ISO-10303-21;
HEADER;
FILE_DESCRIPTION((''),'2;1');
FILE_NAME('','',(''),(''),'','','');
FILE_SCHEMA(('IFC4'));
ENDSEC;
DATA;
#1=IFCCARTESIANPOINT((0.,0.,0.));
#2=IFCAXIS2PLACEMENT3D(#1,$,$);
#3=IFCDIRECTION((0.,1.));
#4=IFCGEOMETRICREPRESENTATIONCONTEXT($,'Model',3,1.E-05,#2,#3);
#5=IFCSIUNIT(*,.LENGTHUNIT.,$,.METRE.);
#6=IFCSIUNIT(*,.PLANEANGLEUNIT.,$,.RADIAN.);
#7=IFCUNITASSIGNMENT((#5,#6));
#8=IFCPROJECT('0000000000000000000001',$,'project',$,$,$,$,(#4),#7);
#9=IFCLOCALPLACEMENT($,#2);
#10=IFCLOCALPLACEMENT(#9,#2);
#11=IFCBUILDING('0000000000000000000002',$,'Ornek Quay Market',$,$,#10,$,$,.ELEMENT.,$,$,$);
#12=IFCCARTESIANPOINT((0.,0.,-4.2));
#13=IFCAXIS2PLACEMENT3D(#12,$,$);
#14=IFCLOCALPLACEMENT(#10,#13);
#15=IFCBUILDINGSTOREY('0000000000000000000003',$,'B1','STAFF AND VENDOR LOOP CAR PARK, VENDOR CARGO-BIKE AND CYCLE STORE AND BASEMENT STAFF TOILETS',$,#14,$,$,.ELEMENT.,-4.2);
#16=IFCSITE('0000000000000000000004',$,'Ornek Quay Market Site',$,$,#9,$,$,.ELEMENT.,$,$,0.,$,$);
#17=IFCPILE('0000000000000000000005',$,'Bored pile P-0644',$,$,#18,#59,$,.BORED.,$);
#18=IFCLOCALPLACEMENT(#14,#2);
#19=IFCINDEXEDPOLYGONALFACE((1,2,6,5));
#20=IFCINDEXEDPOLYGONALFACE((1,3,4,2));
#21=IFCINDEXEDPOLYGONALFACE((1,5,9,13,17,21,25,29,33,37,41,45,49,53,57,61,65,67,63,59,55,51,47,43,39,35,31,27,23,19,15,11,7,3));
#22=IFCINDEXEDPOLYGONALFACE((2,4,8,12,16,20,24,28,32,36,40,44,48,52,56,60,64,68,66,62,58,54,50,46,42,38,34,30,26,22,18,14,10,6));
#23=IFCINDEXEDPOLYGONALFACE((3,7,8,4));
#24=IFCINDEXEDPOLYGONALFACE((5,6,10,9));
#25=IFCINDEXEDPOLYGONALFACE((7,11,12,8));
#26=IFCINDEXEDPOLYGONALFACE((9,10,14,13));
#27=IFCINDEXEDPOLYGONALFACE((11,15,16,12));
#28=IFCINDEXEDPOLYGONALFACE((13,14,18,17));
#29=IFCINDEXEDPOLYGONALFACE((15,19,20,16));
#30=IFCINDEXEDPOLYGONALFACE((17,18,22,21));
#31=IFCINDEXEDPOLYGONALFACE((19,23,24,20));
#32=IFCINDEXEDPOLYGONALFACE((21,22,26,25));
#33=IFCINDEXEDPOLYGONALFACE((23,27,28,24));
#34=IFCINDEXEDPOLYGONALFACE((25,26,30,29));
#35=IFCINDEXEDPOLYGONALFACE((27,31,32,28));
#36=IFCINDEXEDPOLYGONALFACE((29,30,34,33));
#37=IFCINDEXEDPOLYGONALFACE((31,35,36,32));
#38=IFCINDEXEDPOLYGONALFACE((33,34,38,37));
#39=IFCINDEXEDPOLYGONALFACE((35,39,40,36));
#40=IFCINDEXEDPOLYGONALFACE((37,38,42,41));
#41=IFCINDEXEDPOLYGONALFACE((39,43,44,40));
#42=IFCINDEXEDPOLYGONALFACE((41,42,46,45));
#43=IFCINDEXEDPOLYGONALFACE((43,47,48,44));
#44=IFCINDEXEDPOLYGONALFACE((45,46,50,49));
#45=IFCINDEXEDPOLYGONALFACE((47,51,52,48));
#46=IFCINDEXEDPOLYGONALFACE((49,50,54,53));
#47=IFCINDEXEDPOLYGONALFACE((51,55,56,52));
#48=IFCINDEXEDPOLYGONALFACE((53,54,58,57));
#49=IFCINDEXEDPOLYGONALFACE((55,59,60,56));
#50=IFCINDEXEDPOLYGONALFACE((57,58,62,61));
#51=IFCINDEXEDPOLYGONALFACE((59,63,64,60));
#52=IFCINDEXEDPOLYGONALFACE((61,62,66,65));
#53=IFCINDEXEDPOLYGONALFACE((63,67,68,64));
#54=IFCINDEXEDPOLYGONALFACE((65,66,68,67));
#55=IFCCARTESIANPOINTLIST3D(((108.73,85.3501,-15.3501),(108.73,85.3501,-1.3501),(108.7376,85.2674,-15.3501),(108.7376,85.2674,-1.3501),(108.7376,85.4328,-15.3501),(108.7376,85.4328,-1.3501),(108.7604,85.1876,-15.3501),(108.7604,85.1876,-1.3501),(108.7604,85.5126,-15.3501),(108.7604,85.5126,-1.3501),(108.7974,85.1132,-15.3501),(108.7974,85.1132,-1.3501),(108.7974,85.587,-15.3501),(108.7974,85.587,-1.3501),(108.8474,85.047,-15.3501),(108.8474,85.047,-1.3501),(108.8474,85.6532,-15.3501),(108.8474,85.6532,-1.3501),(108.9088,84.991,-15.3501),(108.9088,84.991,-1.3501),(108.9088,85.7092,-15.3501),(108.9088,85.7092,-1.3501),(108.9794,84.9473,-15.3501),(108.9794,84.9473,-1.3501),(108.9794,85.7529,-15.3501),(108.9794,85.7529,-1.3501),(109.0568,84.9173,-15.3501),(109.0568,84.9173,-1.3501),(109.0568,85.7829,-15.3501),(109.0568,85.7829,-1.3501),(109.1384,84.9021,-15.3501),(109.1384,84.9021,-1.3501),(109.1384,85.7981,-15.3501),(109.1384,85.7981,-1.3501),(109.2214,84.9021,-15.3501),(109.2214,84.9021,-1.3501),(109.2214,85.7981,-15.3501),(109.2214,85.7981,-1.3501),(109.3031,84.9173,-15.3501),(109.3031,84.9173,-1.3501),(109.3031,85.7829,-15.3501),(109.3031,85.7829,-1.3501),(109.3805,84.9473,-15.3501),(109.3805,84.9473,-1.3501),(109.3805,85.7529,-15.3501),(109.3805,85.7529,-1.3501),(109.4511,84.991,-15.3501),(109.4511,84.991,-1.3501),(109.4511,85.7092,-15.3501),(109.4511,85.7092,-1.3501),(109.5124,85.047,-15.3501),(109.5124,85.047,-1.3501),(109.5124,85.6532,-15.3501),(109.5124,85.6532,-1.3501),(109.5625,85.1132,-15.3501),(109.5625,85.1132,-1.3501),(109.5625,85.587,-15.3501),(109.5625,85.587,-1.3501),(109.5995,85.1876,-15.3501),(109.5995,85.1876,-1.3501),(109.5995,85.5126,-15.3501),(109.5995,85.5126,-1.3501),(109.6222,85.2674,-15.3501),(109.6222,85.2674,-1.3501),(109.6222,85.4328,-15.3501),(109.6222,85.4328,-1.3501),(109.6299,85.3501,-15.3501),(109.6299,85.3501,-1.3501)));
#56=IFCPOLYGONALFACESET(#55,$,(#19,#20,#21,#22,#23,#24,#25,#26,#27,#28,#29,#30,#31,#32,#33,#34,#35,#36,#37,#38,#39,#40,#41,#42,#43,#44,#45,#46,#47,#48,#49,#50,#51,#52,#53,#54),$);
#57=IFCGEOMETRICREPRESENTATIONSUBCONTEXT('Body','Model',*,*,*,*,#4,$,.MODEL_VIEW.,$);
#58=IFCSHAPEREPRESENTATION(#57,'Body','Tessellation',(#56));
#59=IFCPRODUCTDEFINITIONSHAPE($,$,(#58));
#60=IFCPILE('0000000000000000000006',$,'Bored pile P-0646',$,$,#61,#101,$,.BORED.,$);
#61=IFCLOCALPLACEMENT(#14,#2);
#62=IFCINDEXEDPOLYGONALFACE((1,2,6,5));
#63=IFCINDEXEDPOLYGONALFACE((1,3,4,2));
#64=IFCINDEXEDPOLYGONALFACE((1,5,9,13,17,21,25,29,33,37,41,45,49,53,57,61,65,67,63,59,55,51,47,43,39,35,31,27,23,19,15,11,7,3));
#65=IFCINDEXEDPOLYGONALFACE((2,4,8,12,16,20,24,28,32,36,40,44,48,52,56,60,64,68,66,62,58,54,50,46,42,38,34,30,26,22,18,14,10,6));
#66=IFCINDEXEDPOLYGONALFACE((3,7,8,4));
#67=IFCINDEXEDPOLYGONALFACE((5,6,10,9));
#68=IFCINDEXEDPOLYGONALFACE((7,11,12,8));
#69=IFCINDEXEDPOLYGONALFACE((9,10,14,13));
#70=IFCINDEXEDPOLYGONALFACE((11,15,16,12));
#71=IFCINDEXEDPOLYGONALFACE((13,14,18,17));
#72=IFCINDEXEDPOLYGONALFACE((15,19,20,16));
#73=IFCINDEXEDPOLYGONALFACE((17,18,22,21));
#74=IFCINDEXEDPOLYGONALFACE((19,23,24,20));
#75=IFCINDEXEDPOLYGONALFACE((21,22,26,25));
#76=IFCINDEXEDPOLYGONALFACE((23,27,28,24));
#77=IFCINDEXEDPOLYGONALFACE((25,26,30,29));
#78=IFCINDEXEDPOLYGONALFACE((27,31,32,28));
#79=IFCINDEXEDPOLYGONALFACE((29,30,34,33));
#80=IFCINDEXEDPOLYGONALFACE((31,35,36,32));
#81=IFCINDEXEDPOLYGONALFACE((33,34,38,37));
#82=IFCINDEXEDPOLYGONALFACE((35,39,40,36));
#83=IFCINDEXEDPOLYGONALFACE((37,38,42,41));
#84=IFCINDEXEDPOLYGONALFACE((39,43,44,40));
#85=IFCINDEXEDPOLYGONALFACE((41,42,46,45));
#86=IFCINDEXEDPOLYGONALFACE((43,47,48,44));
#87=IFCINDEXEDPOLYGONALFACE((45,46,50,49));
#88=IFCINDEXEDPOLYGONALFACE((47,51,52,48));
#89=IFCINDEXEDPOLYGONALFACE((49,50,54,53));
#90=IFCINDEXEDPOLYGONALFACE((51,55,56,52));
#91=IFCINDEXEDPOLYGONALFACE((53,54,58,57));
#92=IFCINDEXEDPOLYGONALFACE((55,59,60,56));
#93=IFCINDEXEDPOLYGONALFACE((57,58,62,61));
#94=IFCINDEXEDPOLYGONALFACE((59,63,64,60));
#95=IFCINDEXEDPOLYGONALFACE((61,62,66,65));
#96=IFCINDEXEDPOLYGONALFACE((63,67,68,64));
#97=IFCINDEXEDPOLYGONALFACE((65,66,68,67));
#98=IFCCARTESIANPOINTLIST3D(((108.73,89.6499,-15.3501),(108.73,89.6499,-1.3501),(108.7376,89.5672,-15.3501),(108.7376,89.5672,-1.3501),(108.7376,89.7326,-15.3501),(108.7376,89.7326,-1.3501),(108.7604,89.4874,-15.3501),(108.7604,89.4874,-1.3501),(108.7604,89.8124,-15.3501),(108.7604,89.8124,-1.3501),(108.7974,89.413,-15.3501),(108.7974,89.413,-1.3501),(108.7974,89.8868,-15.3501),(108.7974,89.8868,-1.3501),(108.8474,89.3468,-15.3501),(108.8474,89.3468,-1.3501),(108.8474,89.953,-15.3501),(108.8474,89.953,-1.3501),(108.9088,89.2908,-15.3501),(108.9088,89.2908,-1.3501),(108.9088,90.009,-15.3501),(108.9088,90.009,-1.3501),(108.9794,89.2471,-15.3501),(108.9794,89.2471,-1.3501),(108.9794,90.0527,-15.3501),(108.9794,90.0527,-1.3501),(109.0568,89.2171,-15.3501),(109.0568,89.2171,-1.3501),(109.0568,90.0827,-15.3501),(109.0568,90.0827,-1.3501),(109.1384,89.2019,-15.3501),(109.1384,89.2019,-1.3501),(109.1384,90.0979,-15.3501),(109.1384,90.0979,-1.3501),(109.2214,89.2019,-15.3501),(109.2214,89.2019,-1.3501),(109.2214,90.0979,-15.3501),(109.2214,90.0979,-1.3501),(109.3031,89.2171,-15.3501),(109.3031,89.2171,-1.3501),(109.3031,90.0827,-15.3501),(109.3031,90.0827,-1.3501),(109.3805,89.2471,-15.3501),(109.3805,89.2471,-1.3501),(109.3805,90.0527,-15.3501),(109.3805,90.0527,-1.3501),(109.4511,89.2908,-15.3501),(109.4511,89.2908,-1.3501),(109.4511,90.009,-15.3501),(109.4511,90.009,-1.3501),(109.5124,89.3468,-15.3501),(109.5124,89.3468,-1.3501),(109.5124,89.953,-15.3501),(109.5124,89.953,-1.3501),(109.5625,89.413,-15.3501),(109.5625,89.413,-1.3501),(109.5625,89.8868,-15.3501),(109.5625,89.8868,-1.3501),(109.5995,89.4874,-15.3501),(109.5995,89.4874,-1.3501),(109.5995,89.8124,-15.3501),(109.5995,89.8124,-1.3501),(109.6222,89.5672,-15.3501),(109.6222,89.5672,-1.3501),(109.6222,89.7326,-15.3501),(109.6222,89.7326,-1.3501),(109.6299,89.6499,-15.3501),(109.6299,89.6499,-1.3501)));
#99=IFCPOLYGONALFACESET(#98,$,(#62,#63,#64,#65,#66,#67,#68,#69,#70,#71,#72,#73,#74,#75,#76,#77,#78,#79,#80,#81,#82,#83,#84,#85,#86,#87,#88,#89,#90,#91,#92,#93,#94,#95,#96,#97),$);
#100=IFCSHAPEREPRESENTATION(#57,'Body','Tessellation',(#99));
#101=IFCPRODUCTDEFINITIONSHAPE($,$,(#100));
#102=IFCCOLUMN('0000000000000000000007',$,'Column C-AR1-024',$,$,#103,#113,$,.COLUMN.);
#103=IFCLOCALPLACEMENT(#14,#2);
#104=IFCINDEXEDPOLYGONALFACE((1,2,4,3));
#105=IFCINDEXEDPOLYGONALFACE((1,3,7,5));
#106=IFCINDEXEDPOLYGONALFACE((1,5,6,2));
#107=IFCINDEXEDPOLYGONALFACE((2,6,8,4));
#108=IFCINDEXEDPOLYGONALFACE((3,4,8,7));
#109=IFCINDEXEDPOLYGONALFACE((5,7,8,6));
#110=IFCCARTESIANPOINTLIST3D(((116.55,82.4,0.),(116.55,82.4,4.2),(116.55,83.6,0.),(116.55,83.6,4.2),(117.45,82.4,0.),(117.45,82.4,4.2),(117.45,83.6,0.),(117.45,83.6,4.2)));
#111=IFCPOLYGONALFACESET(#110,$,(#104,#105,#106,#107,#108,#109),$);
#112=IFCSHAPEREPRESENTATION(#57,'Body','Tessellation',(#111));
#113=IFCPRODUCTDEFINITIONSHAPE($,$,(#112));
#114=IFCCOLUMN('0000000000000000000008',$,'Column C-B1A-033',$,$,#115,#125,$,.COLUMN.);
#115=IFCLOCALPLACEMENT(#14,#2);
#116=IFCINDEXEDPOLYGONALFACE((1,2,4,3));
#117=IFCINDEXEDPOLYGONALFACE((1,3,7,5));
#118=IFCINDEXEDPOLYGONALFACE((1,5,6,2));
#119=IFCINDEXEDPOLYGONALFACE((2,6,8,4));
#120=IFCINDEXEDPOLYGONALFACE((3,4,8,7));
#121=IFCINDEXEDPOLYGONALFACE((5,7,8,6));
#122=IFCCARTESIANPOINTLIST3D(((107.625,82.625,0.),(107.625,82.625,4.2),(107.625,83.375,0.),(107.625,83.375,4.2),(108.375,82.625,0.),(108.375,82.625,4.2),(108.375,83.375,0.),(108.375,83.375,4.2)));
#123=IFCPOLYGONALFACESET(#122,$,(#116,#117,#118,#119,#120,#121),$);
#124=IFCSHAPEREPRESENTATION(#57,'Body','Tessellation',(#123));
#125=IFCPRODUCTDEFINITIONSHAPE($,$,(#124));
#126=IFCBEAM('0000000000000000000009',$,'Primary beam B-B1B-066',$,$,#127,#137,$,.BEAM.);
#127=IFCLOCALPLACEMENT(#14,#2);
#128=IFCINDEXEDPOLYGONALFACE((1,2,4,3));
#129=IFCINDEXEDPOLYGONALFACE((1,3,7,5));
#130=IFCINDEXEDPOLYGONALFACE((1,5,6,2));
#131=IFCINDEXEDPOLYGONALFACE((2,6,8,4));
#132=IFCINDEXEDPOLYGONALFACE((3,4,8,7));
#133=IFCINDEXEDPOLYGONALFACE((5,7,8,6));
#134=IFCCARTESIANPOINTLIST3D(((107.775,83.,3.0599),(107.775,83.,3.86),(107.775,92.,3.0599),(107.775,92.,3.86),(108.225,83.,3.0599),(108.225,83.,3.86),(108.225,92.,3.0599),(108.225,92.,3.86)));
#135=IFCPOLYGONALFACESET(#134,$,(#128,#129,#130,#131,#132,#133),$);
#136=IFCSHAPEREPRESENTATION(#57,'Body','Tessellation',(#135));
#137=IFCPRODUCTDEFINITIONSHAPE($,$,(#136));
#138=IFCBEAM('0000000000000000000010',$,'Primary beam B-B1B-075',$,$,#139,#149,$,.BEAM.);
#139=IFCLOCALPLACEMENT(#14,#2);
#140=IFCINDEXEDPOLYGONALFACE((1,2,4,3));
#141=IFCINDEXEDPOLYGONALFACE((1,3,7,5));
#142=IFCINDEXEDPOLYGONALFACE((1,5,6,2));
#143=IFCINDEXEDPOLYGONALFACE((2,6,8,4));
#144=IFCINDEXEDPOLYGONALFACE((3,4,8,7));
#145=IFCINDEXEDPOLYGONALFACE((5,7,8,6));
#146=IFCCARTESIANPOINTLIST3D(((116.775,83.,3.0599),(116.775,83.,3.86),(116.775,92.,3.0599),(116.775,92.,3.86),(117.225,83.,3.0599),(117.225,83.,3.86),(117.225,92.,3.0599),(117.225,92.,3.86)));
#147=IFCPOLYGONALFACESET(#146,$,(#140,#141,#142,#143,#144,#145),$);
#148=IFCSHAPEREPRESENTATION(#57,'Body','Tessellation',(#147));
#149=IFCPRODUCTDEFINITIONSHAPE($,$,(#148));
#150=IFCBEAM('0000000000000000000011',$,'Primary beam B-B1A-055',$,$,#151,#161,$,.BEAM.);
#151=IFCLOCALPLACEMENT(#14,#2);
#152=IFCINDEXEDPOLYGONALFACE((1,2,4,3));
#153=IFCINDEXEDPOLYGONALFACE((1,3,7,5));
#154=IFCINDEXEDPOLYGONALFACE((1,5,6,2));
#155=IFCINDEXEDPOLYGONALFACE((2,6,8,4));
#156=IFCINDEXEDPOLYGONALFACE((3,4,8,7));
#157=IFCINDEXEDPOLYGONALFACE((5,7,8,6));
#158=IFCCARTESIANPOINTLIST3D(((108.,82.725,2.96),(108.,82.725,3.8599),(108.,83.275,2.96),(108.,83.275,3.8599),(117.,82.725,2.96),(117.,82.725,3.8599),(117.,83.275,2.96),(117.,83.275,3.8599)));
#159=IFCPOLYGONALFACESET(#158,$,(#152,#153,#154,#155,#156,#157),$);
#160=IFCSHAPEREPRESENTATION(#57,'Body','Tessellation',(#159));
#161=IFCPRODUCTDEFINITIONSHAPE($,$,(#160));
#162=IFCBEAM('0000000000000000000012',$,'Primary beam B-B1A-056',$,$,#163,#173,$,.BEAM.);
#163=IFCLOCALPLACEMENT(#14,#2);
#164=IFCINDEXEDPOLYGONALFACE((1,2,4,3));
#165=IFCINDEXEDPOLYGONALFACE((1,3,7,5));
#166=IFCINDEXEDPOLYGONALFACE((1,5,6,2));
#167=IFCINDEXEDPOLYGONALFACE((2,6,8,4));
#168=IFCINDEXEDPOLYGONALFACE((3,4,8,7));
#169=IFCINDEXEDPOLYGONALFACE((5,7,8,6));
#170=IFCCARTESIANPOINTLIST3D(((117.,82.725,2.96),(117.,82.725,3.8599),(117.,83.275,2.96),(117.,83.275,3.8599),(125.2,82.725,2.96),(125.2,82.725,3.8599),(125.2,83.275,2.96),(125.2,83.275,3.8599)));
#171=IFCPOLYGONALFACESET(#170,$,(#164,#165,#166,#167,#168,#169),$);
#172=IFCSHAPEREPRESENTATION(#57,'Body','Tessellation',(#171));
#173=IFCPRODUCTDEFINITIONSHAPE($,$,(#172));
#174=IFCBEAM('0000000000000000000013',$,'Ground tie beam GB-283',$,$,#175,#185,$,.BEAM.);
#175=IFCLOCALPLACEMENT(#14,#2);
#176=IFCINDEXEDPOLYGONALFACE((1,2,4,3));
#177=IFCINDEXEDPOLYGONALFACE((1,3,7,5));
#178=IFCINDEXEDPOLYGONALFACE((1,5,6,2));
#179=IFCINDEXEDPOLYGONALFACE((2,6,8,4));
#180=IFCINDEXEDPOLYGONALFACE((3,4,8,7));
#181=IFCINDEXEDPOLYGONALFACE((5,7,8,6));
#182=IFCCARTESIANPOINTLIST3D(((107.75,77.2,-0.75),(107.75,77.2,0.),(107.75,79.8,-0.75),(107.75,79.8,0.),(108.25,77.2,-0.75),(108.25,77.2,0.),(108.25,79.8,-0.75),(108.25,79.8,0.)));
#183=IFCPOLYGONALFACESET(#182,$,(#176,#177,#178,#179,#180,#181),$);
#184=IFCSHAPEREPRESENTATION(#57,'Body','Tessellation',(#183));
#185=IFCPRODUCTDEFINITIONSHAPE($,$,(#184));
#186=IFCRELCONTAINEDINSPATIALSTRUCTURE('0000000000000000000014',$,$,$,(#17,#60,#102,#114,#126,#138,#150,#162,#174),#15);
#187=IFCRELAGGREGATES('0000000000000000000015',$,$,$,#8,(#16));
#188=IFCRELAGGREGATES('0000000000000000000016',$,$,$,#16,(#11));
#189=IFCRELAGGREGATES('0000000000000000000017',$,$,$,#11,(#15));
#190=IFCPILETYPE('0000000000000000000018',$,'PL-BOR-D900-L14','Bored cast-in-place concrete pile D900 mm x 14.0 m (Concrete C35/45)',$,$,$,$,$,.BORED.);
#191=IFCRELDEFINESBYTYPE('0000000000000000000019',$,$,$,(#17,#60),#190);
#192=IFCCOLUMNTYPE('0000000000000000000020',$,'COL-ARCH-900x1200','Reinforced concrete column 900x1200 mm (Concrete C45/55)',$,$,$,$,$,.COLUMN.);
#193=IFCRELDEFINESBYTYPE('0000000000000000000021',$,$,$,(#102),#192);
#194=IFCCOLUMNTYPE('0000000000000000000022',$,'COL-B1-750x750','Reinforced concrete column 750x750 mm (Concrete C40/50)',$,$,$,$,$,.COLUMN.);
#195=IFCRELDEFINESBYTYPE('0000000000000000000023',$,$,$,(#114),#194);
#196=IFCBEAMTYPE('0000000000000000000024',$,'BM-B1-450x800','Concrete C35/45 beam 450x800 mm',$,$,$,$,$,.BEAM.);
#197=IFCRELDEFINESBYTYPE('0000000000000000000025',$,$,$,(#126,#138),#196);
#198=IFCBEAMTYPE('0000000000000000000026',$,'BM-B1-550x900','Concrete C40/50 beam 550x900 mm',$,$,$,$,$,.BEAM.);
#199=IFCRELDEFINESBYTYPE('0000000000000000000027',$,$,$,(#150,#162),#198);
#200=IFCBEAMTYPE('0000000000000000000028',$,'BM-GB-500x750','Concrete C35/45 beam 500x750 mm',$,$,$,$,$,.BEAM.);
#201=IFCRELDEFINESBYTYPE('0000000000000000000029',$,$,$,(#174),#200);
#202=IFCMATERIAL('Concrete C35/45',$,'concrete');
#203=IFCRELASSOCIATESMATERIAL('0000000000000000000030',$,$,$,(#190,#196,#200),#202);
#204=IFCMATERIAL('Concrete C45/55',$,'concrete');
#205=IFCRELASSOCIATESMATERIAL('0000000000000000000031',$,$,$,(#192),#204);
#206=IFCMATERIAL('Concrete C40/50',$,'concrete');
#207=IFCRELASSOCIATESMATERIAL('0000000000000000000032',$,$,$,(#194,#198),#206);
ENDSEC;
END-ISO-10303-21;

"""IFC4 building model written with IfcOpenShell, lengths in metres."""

from ifc_helpers import new_model, si_unit, direction, frame, origin, origin_2d, place, context, subcontext, project, spatial, rectangle, circle, extrude, material, material_profile, profile_set, type_object, element, save


model = new_model("IFC4")

# Units and contexts
model_context = context("Model", 3, precision=1e-05, world=origin(), true_north=direction((0.0, 1.0)))
body_context = subcontext(model_context, "Body", "Model", "MODEL_VIEW")
ifc_project = project(units=[si_unit("LENGTHUNIT", "METRE"), si_unit("PLANEANGLEUNIT", "RADIAN")], contexts=[model_context])

# Site, building, storey
site_placement = place(None, origin())
site = spatial("IfcSite", under=ifc_project, at=site_placement, Name="Ornek Quay Market Site", CompositionType="ELEMENT", RefElevation=0.0)
building_placement = place(site_placement, origin())
building = spatial("IfcBuilding", under=site, at=building_placement, Name="Ornek Quay Market", CompositionType="ELEMENT")
storey_placement = place(building_placement, frame((0.0, 0.0, -4.2)))
storey = spatial("IfcBuildingStorey", under=building, at=storey_placement, Name="B1", Description="STAFF AND VENDOR LOOP CAR PARK, VENDOR CARGO-BIKE AND CYCLE STORE AND BASEMENT STAFF TOILETS", CompositionType="ELEMENT", Elevation=-4.2)

# Piles
ifc_material_1 = material(Name="Concrete C35/45", Category="concrete")
ifc_material_profile_1 = material_profile(ifc_material_1, circle(Radius=0.45, at=origin_2d()), Name="PILE D900", Category="concrete")
ifc_profile_set_1 = profile_set([ifc_material_profile_1], Name="Concrete C35/45")
pile_type_1 = type_object("IfcPileType", Name="PL-BOR-D900-L14", Description="Bored cast-in-place concrete pile D900 mm x 14.0 m (Concrete C35/45)", PredefinedType="BORED", material=ifc_profile_set_1)
for number, where, z_axis, x_axis, name in (
    (1, (109.1799, 85.3501, -1.3501), (0.0, 0.0, -1.0), (1.0, 0.0, 0.0), "Bored pile P-0644"),
    (2, (109.1799, 89.6499, -1.3501), (0.0, 0.0, -1.0), (1.0, 0.0, 0.0), "Bored pile P-0646"),
):
    element("IfcPile", number, at=place(storey_placement, frame(where, z_axis=z_axis, x_axis=x_axis)), inside=storey, type_object=pile_type_1, Name=name, PredefinedType="BORED", context=body_context, shape_type="SweptSolid", body=[
        extrude(circle(Radius=0.45, at=origin_2d()), origin(), (0.0, 0.0, 1.0), 14.0),
    ])

# Columns
ifc_material_2 = material(Name="Concrete C45/55", Category="concrete")
ifc_material_profile_2 = material_profile(ifc_material_2, rectangle(XDim=0.8999, YDim=1.2, at=origin_2d()), Name="RC 900x1200", Category="concrete")
ifc_profile_set_2 = profile_set([ifc_material_profile_2], Name="Concrete C45/55")
column_type_1 = type_object("IfcColumnType", Name="COL-ARCH-900x1200", Description="Reinforced concrete column 900x1200 mm (Concrete C45/55)", PredefinedType="COLUMN", material=ifc_profile_set_2)
column_1_placement = place(storey_placement, frame((117.0, 83.0, 0.0), z_axis=(0.0, 0.0, 1.0), x_axis=(1.0, 0.0, 0.0)))
element("IfcColumn", 3, at=column_1_placement, inside=storey, type_object=column_type_1, Name="Column C-AR1-024", PredefinedType="COLUMN", context=body_context, shape_type="SweptSolid", body=[
    extrude(rectangle(XDim=0.8999, YDim=1.2, at=origin_2d()), origin(), (0.0, 0.0, 1.0), 4.2),
])
ifc_material_3 = material(Name="Concrete C40/50", Category="concrete")
ifc_material_profile_3 = material_profile(ifc_material_3, rectangle(XDim=0.75, YDim=0.75, at=origin_2d()), Name="RC 750x750", Category="concrete")
ifc_profile_set_3 = profile_set([ifc_material_profile_3], Name="Concrete C40/50")
column_type_2 = type_object("IfcColumnType", Name="COL-B1-750x750", Description="Reinforced concrete column 750x750 mm (Concrete C40/50)", PredefinedType="COLUMN", material=ifc_profile_set_3)
column_2_placement = place(storey_placement, frame((108.0, 83.0, 0.0), z_axis=(0.0, 0.0, 1.0), x_axis=(1.0, 0.0, 0.0)))
element("IfcColumn", 4, at=column_2_placement, inside=storey, type_object=column_type_2, Name="Column C-B1A-033", PredefinedType="COLUMN", context=body_context, shape_type="SweptSolid", body=[
    extrude(rectangle(XDim=0.75, YDim=0.75, at=origin_2d()), origin(), (0.0, 0.0, 1.0), 4.2),
])

# Beams
ifc_material_profile_4 = material_profile(ifc_material_1, rectangle(XDim=0.45, YDim=0.8, at=origin_2d()), Name="RC 450x800", Category="concrete")
ifc_profile_set_4 = profile_set([ifc_material_profile_4], Name="Concrete C35/45")
beam_type_1 = type_object("IfcBeamType", Name="BM-B1-450x800", Description="Concrete C35/45 beam 450x800 mm", PredefinedType="BEAM", material=ifc_profile_set_4)
for number, where, z_axis, x_axis, name in (
    (5, (108.0, 83.0, 3.46), (0.0, 1.0, 0.0), (-1.0, 0.0, 0.0), "Primary beam B-B1B-066"),
    (6, (117.0, 83.0, 3.46), (0.0, 1.0, 0.0), (-1.0, 0.0, 0.0), "Primary beam B-B1B-075"),
):
    element("IfcBeam", number, at=place(storey_placement, frame(where, z_axis=z_axis, x_axis=x_axis)), inside=storey, type_object=beam_type_1, Name=name, PredefinedType="BEAM", context=body_context, shape_type="SweptSolid", body=[
        extrude(rectangle(XDim=0.45, YDim=0.8, at=origin_2d()), origin(), (0.0, 0.0, 1.0), 9.0),
    ])
ifc_material_profile_5 = material_profile(ifc_material_3, rectangle(XDim=0.55, YDim=0.8999, at=origin_2d()), Name="RC 550x900", Category="concrete")
ifc_profile_set_5 = profile_set([ifc_material_profile_5], Name="Concrete C40/50")
beam_type_2 = type_object("IfcBeamType", Name="BM-B1-550x900", Description="Concrete C40/50 beam 550x900 mm", PredefinedType="BEAM", material=ifc_profile_set_5)
beam_1_placement = place(storey_placement, frame((108.0, 83.0, 3.4099), z_axis=(1.0, 0.0, 0.0), x_axis=(0.0, 1.0, 0.0)))
element("IfcBeam", 7, at=beam_1_placement, inside=storey, type_object=beam_type_2, Name="Primary beam B-B1A-055", PredefinedType="BEAM", context=body_context, shape_type="SweptSolid", body=[
    extrude(rectangle(XDim=0.55, YDim=0.8999, at=origin_2d()), origin(), (0.0, 0.0, 1.0), 9.0),
])
beam_2_placement = place(storey_placement, frame((117.0, 83.0, 3.4099), z_axis=(1.0, 0.0, 0.0), x_axis=(0.0, 1.0, 0.0)))
element("IfcBeam", 8, at=beam_2_placement, inside=storey, type_object=beam_type_2, Name="Primary beam B-B1A-056", PredefinedType="BEAM", context=body_context, shape_type="SweptSolid", body=[
    extrude(rectangle(XDim=0.55, YDim=0.8999, at=origin_2d()), origin(), (0.0, 0.0, 1.0), 8.2),
])
ifc_material_profile_6 = material_profile(ifc_material_1, rectangle(XDim=0.5, YDim=0.75, at=origin_2d()), Name="RC 500x750", Category="concrete")
ifc_profile_set_6 = profile_set([ifc_material_profile_6], Name="Concrete C35/45")
beam_type_3 = type_object("IfcBeamType", Name="BM-GB-500x750", Description="Concrete C35/45 beam 500x750 mm", PredefinedType="BEAM", material=ifc_profile_set_6)
for number, where, z_axis, x_axis, name in (
    (9, (108.0, 77.2, -0.375), (0.0, 1.0, 0.0), (-1.0, 0.0, 0.0), "Ground tie beam GB-283"),
):
    element("IfcBeam", number, at=place(storey_placement, frame(where, z_axis=z_axis, x_axis=x_axis)), inside=storey, type_object=beam_type_3, Name=name, PredefinedType="BEAM", context=body_context, shape_type="SweptSolid", body=[
        extrude(rectangle(XDim=0.5, YDim=0.75, at=origin_2d()), origin(), (0.0, 0.0, 1.0), 2.6001),
    ])

save(model, "model.ifc")
